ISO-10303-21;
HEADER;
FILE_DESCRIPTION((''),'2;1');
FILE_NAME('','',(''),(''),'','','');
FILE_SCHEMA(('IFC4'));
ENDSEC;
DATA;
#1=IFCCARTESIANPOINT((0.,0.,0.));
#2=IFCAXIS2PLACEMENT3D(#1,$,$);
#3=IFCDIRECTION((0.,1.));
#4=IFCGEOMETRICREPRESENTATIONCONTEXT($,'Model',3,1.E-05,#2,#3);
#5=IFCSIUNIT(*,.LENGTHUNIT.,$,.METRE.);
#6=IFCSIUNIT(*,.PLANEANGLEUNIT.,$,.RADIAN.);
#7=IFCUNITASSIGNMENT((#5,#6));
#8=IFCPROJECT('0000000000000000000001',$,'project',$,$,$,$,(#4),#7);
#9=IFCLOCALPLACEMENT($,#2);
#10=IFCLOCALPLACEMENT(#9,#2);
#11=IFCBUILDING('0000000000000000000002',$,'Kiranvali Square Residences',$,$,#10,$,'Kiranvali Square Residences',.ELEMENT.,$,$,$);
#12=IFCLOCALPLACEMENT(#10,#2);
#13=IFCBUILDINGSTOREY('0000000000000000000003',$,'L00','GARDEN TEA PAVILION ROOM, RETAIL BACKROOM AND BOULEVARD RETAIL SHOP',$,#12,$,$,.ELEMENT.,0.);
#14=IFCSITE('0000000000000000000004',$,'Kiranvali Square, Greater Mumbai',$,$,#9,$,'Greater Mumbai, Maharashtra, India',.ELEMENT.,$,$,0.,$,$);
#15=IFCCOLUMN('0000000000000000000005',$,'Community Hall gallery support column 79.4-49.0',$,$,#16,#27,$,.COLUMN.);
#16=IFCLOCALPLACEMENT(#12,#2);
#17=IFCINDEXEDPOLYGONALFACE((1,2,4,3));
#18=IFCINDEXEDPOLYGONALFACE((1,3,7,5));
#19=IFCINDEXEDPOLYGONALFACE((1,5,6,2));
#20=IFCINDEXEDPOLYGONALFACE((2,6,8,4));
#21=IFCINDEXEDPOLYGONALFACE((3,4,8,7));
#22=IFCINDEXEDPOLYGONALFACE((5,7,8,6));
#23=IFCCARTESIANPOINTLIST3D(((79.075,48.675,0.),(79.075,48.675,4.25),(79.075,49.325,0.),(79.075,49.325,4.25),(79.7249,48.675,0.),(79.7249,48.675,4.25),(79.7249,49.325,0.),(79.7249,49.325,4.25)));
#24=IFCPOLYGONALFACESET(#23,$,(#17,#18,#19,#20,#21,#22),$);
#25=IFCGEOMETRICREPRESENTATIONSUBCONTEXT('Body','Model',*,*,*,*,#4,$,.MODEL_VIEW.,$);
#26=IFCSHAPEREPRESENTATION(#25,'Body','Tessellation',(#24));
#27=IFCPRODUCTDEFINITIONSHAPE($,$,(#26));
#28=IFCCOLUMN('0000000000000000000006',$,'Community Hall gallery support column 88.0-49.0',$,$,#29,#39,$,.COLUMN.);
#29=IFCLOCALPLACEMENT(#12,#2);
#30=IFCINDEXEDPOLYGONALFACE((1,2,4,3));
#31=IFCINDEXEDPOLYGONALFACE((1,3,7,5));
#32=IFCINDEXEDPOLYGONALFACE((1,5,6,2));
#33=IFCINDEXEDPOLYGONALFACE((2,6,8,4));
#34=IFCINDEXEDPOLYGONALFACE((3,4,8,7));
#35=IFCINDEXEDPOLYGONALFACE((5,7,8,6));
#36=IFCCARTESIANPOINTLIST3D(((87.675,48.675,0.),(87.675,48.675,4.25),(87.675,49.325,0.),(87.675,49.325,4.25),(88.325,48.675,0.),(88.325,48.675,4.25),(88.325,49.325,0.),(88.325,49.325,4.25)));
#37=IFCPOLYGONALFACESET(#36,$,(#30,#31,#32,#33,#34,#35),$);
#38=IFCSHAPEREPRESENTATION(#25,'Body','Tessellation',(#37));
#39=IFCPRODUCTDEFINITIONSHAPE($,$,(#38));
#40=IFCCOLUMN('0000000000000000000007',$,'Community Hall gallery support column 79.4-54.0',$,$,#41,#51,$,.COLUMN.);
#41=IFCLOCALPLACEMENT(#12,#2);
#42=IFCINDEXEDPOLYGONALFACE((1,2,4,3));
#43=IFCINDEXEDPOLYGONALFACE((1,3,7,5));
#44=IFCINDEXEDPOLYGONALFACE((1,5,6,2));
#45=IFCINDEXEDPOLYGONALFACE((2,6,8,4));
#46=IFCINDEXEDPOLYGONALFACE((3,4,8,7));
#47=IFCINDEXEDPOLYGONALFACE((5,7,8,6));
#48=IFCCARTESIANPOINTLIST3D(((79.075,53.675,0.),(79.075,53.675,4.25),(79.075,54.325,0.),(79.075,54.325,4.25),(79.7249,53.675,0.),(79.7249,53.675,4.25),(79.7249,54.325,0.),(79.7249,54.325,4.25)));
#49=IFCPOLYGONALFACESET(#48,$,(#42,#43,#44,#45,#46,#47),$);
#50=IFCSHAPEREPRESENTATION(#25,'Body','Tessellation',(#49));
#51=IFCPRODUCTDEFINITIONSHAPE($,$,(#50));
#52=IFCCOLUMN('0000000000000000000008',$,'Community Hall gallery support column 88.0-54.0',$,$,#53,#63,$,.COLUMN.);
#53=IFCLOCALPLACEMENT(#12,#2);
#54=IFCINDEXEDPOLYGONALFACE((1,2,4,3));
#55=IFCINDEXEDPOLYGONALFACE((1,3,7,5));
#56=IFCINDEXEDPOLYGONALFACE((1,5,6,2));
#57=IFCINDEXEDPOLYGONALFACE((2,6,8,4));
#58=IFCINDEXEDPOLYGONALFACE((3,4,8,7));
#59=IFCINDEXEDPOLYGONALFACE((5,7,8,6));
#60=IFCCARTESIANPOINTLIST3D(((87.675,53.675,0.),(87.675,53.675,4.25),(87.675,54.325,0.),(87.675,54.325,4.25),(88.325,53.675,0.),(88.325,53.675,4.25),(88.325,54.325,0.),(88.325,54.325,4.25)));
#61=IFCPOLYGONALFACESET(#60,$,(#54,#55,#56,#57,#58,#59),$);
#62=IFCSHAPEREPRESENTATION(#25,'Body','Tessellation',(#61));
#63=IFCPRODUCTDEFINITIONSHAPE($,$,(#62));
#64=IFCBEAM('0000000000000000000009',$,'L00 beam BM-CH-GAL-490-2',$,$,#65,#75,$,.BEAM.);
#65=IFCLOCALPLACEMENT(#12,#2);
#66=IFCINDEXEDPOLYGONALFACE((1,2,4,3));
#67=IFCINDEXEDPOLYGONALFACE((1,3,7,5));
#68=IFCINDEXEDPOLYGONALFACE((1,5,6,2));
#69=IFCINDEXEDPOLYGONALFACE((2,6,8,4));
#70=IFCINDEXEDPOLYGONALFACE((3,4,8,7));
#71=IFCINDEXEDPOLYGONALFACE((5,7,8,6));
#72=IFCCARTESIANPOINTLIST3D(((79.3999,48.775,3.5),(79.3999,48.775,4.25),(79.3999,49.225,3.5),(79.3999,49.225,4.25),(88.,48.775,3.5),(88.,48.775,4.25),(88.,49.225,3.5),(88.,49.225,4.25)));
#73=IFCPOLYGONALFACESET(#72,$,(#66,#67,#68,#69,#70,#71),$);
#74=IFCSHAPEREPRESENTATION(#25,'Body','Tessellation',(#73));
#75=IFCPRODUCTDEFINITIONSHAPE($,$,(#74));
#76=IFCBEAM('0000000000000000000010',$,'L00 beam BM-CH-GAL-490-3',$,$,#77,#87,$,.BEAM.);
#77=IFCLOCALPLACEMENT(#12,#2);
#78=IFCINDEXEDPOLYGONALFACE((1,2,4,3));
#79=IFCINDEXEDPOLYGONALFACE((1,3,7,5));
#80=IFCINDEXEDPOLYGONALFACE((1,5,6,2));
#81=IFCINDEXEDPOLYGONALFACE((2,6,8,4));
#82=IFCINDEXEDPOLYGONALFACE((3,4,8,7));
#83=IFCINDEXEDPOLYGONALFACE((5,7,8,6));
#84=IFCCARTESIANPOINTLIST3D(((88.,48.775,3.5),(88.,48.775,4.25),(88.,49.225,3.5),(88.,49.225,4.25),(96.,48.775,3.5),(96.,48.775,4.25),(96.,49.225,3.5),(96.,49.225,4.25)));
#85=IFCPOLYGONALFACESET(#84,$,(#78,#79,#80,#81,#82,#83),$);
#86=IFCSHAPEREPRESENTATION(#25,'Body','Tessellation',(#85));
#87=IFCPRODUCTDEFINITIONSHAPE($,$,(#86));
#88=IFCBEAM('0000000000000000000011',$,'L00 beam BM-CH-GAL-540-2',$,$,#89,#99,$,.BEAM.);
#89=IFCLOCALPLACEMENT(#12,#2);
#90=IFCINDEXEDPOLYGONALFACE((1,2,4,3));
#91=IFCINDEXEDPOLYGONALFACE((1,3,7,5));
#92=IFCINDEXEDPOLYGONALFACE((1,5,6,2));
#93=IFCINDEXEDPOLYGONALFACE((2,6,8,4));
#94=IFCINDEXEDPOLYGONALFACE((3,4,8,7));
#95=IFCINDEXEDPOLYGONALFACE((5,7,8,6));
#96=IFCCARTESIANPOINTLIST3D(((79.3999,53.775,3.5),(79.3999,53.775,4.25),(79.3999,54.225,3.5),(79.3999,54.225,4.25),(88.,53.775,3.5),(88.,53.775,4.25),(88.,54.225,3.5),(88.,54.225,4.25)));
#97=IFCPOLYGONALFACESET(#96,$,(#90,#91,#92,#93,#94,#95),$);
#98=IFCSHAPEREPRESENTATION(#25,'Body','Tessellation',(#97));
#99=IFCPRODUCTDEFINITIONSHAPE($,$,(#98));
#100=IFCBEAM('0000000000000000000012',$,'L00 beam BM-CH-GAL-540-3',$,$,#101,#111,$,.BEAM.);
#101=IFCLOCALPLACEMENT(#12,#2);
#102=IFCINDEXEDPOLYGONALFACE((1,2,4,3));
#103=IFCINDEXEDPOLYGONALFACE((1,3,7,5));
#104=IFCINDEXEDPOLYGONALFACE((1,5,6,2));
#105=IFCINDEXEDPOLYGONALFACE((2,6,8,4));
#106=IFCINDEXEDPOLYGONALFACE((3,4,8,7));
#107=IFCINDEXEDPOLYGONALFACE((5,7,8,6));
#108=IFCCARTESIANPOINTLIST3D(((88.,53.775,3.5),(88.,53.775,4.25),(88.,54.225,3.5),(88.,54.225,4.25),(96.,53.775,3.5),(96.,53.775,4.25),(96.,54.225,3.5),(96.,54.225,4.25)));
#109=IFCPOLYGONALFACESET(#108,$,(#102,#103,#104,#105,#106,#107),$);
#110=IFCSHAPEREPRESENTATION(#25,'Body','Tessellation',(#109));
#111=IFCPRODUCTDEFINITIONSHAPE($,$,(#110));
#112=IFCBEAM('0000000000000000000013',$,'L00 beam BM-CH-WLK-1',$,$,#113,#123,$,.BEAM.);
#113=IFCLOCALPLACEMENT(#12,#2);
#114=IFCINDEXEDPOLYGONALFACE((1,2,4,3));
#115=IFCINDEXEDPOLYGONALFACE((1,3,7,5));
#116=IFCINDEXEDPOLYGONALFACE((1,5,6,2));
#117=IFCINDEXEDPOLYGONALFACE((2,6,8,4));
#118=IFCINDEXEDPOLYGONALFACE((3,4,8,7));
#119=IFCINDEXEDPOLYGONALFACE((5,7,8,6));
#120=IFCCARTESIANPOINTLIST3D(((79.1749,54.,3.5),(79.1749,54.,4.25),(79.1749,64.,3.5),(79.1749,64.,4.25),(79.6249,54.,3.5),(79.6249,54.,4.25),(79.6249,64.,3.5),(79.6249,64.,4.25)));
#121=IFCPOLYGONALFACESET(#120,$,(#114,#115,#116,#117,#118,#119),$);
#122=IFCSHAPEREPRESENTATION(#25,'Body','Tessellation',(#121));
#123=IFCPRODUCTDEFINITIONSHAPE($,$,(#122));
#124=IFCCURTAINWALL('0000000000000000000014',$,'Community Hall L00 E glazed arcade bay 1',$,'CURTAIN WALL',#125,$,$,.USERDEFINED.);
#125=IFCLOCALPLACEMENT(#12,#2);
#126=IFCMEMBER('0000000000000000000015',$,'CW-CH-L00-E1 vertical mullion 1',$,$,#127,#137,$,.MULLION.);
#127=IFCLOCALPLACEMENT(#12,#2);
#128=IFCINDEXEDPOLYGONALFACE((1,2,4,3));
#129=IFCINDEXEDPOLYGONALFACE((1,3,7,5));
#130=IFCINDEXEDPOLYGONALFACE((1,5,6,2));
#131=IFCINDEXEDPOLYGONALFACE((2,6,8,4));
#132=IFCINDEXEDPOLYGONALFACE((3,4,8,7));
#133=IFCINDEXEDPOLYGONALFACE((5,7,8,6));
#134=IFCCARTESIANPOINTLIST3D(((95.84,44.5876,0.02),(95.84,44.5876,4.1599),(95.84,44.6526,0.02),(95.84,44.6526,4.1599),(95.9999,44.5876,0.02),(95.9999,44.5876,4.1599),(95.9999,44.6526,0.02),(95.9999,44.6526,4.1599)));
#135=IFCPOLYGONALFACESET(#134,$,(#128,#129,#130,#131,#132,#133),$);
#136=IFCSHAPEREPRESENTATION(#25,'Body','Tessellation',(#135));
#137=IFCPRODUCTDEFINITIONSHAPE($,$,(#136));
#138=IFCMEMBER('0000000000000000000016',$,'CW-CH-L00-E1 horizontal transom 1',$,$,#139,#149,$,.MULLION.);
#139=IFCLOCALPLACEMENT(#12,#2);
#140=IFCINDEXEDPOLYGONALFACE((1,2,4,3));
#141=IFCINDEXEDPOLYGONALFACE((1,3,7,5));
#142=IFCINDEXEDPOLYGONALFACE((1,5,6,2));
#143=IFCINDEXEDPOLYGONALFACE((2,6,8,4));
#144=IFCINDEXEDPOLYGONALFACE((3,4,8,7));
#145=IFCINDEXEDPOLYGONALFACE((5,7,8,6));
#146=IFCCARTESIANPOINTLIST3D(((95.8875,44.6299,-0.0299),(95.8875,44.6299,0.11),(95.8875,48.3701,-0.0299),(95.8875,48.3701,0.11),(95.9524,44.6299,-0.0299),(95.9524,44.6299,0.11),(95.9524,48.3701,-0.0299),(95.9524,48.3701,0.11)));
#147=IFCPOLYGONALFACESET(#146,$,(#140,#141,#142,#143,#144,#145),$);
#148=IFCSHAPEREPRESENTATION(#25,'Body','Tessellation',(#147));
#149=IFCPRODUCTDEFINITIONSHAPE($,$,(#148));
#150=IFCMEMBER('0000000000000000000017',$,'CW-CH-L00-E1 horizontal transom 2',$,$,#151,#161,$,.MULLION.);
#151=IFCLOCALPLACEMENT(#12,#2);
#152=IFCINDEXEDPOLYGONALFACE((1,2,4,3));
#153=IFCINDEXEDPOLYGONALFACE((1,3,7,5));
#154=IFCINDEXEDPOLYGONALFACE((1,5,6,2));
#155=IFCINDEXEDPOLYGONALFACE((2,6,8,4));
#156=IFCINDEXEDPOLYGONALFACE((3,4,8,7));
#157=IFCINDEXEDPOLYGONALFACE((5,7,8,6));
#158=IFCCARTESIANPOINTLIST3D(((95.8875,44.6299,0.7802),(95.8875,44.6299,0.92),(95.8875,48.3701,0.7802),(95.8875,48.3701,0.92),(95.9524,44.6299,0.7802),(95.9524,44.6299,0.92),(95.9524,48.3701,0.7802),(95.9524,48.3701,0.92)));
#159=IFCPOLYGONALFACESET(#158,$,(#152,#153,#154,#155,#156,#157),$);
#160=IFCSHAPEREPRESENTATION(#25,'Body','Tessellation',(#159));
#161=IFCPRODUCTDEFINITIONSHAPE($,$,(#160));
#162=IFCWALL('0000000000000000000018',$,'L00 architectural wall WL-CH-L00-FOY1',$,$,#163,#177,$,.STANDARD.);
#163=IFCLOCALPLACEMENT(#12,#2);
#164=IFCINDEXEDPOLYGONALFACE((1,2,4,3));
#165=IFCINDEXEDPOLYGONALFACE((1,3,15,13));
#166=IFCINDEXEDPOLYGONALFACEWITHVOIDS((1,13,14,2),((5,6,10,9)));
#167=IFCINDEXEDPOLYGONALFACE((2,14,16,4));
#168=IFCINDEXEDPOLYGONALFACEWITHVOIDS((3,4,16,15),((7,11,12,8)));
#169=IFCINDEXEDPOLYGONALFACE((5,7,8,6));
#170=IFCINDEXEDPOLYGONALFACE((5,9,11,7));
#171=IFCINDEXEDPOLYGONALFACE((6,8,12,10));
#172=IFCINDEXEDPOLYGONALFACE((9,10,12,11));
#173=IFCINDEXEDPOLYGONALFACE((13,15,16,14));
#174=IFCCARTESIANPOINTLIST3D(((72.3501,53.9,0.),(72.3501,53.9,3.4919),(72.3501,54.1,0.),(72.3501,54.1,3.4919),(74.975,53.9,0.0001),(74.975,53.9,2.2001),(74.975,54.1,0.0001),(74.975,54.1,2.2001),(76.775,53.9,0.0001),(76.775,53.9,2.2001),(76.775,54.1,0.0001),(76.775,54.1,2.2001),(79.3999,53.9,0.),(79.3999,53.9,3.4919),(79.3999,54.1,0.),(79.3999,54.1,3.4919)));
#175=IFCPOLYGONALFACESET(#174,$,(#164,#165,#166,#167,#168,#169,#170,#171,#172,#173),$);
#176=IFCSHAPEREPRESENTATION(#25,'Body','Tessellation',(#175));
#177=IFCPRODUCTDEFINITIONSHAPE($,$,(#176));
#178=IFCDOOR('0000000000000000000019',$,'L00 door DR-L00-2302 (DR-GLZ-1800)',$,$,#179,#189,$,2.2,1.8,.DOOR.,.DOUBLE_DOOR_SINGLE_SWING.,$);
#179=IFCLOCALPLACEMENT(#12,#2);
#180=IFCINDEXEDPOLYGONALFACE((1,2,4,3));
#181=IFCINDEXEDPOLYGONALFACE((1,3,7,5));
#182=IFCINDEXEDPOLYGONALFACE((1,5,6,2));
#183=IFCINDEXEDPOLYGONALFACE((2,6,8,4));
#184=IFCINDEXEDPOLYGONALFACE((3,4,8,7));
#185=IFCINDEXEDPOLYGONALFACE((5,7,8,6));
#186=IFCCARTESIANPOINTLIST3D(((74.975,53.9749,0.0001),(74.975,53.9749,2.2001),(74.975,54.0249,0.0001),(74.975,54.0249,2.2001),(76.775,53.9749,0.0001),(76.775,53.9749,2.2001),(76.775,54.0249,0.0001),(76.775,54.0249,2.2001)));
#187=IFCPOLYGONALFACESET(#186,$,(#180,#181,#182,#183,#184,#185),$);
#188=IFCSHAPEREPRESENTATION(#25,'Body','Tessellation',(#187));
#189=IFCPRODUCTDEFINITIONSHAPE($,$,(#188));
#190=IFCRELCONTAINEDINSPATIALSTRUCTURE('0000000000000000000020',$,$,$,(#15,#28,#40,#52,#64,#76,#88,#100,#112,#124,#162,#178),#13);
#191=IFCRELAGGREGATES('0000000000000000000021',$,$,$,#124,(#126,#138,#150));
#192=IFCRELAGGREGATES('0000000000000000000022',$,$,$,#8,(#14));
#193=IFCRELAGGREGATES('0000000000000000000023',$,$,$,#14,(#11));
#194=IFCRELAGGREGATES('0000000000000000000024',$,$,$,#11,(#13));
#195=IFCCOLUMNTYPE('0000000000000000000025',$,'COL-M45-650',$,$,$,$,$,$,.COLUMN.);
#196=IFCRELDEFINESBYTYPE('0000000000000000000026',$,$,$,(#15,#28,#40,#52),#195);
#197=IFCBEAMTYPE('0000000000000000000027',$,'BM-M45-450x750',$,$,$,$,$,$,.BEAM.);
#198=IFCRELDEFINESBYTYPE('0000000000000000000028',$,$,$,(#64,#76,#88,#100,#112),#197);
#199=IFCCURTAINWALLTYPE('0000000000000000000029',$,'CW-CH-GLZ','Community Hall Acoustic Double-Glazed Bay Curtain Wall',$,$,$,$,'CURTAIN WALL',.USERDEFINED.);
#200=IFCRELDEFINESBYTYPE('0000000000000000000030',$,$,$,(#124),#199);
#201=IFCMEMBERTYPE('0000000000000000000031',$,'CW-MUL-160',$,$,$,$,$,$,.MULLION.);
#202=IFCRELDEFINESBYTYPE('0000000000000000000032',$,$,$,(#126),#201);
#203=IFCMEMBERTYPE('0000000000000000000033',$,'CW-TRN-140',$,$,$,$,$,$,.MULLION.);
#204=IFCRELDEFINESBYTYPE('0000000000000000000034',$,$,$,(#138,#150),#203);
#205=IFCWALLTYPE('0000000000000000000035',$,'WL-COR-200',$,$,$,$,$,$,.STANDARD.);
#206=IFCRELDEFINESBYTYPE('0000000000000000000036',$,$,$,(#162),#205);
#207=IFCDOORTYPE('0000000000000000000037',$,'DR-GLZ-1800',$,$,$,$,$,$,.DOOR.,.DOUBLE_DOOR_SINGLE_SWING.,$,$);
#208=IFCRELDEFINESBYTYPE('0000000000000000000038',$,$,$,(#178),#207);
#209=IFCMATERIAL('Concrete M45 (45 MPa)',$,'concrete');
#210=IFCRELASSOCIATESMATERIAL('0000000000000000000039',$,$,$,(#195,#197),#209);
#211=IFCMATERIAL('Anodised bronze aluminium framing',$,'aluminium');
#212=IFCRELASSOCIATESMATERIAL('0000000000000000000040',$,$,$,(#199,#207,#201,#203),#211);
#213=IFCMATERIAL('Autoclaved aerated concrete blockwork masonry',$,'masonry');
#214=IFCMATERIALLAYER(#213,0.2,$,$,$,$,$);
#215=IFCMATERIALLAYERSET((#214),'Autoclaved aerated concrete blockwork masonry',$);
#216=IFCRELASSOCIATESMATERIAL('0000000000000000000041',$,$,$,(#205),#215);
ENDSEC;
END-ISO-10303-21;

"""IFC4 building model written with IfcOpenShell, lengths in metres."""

from ifc_helpers import new_model, si_unit, direction, frame, frame_2d, origin, origin_2d, place, context, subcontext, project, spatial, rectangle, extrude, material, layer, layer_set, material_profile, profile_set, type_object, element, fill, aggregate, save


model = new_model("IFC4")

# Units and contexts
model_context = context("Model", 3, precision=1e-05, world=origin(), true_north=direction((0.0, 1.0)))
body_context = subcontext(model_context, "Body", "Model", "MODEL_VIEW")
ifc_project = project(units=[si_unit("LENGTHUNIT", "METRE"), si_unit("PLANEANGLEUNIT", "RADIAN")], contexts=[model_context])

# Site, building, storey
site_placement = place(None, origin())
site = spatial("IfcSite", under=ifc_project, at=site_placement, Name="Kiranvali Square, Greater Mumbai", LongName="Greater Mumbai, Maharashtra, India", CompositionType="ELEMENT", RefElevation=0.0)
building_placement = place(site_placement, origin())
building = spatial("IfcBuilding", under=site, at=building_placement, Name="Kiranvali Square Residences", LongName="Kiranvali Square Residences", CompositionType="ELEMENT")
storey_placement = place(building_placement, origin())
storey = spatial("IfcBuildingStorey", under=building, at=storey_placement, Name="L00", Description="GARDEN TEA PAVILION ROOM, RETAIL BACKROOM AND BOULEVARD RETAIL SHOP", CompositionType="ELEMENT", Elevation=0.0)

# Columns
ifc_material_1 = material(Name="Concrete M45 (45 MPa)", Category="concrete")
ifc_material_profile_1 = material_profile(ifc_material_1, rectangle(XDim=0.6499, YDim=0.6499, at=origin_2d()), Name="RC 650x650")
ifc_profile_set_1 = profile_set([ifc_material_profile_1], Name="Concrete M45 (45 MPa)")
column_type = type_object("IfcColumnType", Name="COL-M45-650", PredefinedType="COLUMN", material=ifc_profile_set_1)
for number, where, z_axis, x_axis, name in (
    (1, (79.3999, 49.0, 0.0), (0.0, 0.0, 1.0), (1.0, 0.0, 0.0), "Community Hall gallery support column 79.4-49.0"),
    (2, (88.0, 49.0, 0.0), (0.0, 0.0, 1.0), (1.0, 0.0, 0.0), "Community Hall gallery support column 88.0-49.0"),
    (3, (79.3999, 54.0, 0.0), (0.0, 0.0, 1.0), (1.0, 0.0, 0.0), "Community Hall gallery support column 79.4-54.0"),
    (4, (88.0, 54.0, 0.0), (0.0, 0.0, 1.0), (1.0, 0.0, 0.0), "Community Hall gallery support column 88.0-54.0"),
):
    element("IfcColumn", number, at=place(storey_placement, frame(where, z_axis=z_axis, x_axis=x_axis)), inside=storey, type_object=column_type, Name=name, PredefinedType="COLUMN", context=body_context, shape_type="SweptSolid", body=[
        extrude(rectangle(XDim=0.6499, YDim=0.6499, at=origin_2d()), origin(), (0.0, 0.0, 1.0), 4.25),
    ])

# Beams
ifc_material_profile_2 = material_profile(ifc_material_1, rectangle(XDim=0.45, YDim=0.75, at=origin_2d()), Name="RC 450x750")
ifc_profile_set_2 = profile_set([ifc_material_profile_2], Name="Concrete M45 (45 MPa)")
beam_type = type_object("IfcBeamType", Name="BM-M45-450x750", PredefinedType="BEAM", material=ifc_profile_set_2)
beam_1_placement = place(storey_placement, frame((79.3999, 49.0, 3.875), z_axis=(1.0, 0.0, 0.0), x_axis=(0.0, 1.0, 0.0)))
element("IfcBeam", 5, at=beam_1_placement, inside=storey, type_object=beam_type, Name="L00 beam BM-CH-GAL-490-2", PredefinedType="BEAM", context=body_context, shape_type="SweptSolid", body=[
    extrude(rectangle(XDim=0.45, YDim=0.75, at=origin_2d()), origin(), (0.0, 0.0, 1.0), 8.6001),
])
beam_2_placement = place(storey_placement, frame((88.0, 49.0, 3.875), z_axis=(1.0, 0.0, 0.0), x_axis=(0.0, 1.0, 0.0)))
element("IfcBeam", 6, at=beam_2_placement, inside=storey, type_object=beam_type, Name="L00 beam BM-CH-GAL-490-3", PredefinedType="BEAM", context=body_context, shape_type="SweptSolid", body=[
    extrude(rectangle(XDim=0.45, YDim=0.75, at=origin_2d()), origin(), (0.0, 0.0, 1.0), 8.0),
])
beam_3_placement = place(storey_placement, frame((79.3999, 54.0, 3.875), z_axis=(1.0, 0.0, 0.0), x_axis=(0.0, 1.0, 0.0)))
element("IfcBeam", 7, at=beam_3_placement, inside=storey, type_object=beam_type, Name="L00 beam BM-CH-GAL-540-2", PredefinedType="BEAM", context=body_context, shape_type="SweptSolid", body=[
    extrude(rectangle(XDim=0.45, YDim=0.75, at=origin_2d()), origin(), (0.0, 0.0, 1.0), 8.6001),
])
beam_4_placement = place(storey_placement, frame((88.0, 54.0, 3.875), z_axis=(1.0, 0.0, 0.0), x_axis=(0.0, 1.0, 0.0)))
element("IfcBeam", 8, at=beam_4_placement, inside=storey, type_object=beam_type, Name="L00 beam BM-CH-GAL-540-3", PredefinedType="BEAM", context=body_context, shape_type="SweptSolid", body=[
    extrude(rectangle(XDim=0.45, YDim=0.75, at=origin_2d()), origin(), (0.0, 0.0, 1.0), 8.0),
])
beam_5_placement = place(storey_placement, frame((79.3999, 54.0, 3.875), z_axis=(0.0, 1.0, 0.0), x_axis=(-1.0, 0.0, 0.0)))
element("IfcBeam", 9, at=beam_5_placement, inside=storey, type_object=beam_type, Name="L00 beam BM-CH-WLK-1", PredefinedType="BEAM", context=body_context, shape_type="SweptSolid", body=[
    extrude(rectangle(XDim=0.45, YDim=0.75, at=origin_2d()), origin(), (0.0, 0.0, 1.0), 10.0),
])

# Curtain wall, members
ifc_material_2 = material(Name="Anodised bronze aluminium framing", Category="aluminium")
curtain_wall_type = type_object("IfcCurtainWallType", Name="CW-CH-GLZ", Description="Community Hall Acoustic Double-Glazed Bay Curtain Wall", ElementType="CURTAIN WALL", PredefinedType="USERDEFINED", material=ifc_material_2)
curtain_wall_placement = place(storey_placement, origin())
curtain_wall = element("IfcCurtainWall", 10, at=curtain_wall_placement, inside=storey, type_object=curtain_wall_type, Name="Community Hall L00 E glazed arcade bay 1", ObjectType="CURTAIN WALL", PredefinedType="USERDEFINED")
ifc_material_profile_3 = material_profile(ifc_material_2, rectangle(XDim=0.0649, YDim=0.1599, at=origin_2d()), Name="ALU 65x160")
ifc_profile_set_3 = profile_set([ifc_material_profile_3], Name="Anodised bronze aluminium framing")
member_type_1 = type_object("IfcMemberType", Name="CW-MUL-160", PredefinedType="MULLION", material=ifc_profile_set_3)
member_1_placement = place(storey_placement, frame((95.9199, 44.6201, 0.02), z_axis=(0.0, 0.0, 1.0), x_axis=(0.0, 1.0, 0.0)))
member_1 = element("IfcMember", 11, at=member_1_placement, type_object=member_type_1, Name="CW-CH-L00-E1 vertical mullion 1", PredefinedType="MULLION", context=body_context, shape_type="SweptSolid", body=[
    extrude(rectangle(XDim=0.0649, YDim=0.1599, at=origin_2d()), origin(), (0.0, 0.0, 1.0), 4.1399),
])
ifc_material_profile_4 = material_profile(ifc_material_2, rectangle(XDim=0.0649, YDim=0.1399, at=origin_2d()), Name="ALU 65x140")
ifc_profile_set_4 = profile_set([ifc_material_profile_4], Name="Anodised bronze aluminium framing")
member_type_2 = type_object("IfcMemberType", Name="CW-TRN-140", PredefinedType="MULLION", material=ifc_profile_set_4)
member_2_placement = place(storey_placement, frame((95.9199, 44.6299, 0.04), z_axis=(0.0, 1.0, 0.0), x_axis=(-1.0, 0.0, 0.0)))
member_2 = element("IfcMember", 12, at=member_2_placement, type_object=member_type_2, Name="CW-CH-L00-E1 horizontal transom 1", PredefinedType="MULLION", context=body_context, shape_type="SweptSolid", body=[
    extrude(rectangle(XDim=0.0649, YDim=0.1399, at=origin_2d()), origin(), (0.0, 0.0, 1.0), 3.7402),
])
member_3_placement = place(storey_placement, frame((95.9199, 44.6299, 0.8501), z_axis=(0.0, 1.0, 0.0), x_axis=(-1.0, 0.0, 0.0)))
member_3 = element("IfcMember", 13, at=member_3_placement, type_object=member_type_2, Name="CW-CH-L00-E1 horizontal transom 2", PredefinedType="MULLION", context=body_context, shape_type="SweptSolid", body=[
    extrude(rectangle(XDim=0.0649, YDim=0.1399, at=origin_2d()), origin(), (0.0, 0.0, 1.0), 3.7402),
])
aggregate(curtain_wall, [member_1, member_2, member_3])

# Wall, opening, door
ifc_material_3 = material(Name="Autoclaved aerated concrete blockwork masonry", Category="masonry")
ifc_layer_1 = layer(ifc_material_3, 0.2)
ifc_layer_set_1 = layer_set([ifc_layer_1], Name="Autoclaved aerated concrete blockwork masonry")
wall_type_1 = type_object("IfcWallType", Name="WL-COR-200", PredefinedType="STANDARD", material=ifc_layer_set_1)
wall_1_placement = place(storey_placement, frame((72.3501, 54.0, 0.0), z_axis=(0.0, 0.0, 1.0), x_axis=(1.0, 0.0, 0.0)))
wall_1 = element("IfcWall", 14, at=wall_1_placement, inside=storey, type_object=wall_type_1, Name="L00 architectural wall WL-CH-L00-FOY1", PredefinedType="STANDARD", context=body_context, shape_type="SweptSolid", body=[
    extrude(rectangle(XDim=7.0498, YDim=0.2, at=frame_2d((3.5249, 0.0))), origin(), (0.0, 0.0, 1.0), 3.4919),
])
opening_1_placement = place(wall_1_placement, frame((2.625, 0.0, 0.0)))
opening_1 = element("IfcOpeningElement", 15, at=opening_1_placement, cuts=wall_1, PredefinedType="OPENING", context=body_context, shape_type="SweptSolid", body=[
    extrude(rectangle(XDim=1.8, YDim=2.2, at=frame_2d((0.8999, 1.1001))), frame((0.0, 0.1099, 0.0), z_axis=(0.0, -1.0, 0.0), x_axis=(1.0, 0.0, 0.0)), (0.0, 0.0, 1.0), 0.22),
])
door_type_1 = type_object("IfcDoorType", Name="DR-GLZ-1800", OperationType="DOUBLE_DOOR_SINGLE_SWING", PredefinedType="DOOR", material=ifc_material_2)
door_1_placement = place(opening_1_placement, origin())
door_1 = element("IfcDoor", 16, at=door_1_placement, inside=storey, type_object=door_type_1, Name="L00 door DR-L00-2302 (DR-GLZ-1800)", OperationType="DOUBLE_DOOR_SINGLE_SWING", OverallHeight=2.2, OverallWidth=1.8, PredefinedType="DOOR", context=body_context, shape_type="SweptSolid", body=[
    extrude(rectangle(XDim=1.8, YDim=2.2, at=frame_2d((0.8999, 1.1001))), frame((0.0, 0.0249, 0.0), z_axis=(0.0, -1.0, 0.0), x_axis=(1.0, 0.0, 0.0)), (0.0, 0.0, 1.0), 0.05),
])
fill(opening_1, door_1)

save(model, "model.ifc")
